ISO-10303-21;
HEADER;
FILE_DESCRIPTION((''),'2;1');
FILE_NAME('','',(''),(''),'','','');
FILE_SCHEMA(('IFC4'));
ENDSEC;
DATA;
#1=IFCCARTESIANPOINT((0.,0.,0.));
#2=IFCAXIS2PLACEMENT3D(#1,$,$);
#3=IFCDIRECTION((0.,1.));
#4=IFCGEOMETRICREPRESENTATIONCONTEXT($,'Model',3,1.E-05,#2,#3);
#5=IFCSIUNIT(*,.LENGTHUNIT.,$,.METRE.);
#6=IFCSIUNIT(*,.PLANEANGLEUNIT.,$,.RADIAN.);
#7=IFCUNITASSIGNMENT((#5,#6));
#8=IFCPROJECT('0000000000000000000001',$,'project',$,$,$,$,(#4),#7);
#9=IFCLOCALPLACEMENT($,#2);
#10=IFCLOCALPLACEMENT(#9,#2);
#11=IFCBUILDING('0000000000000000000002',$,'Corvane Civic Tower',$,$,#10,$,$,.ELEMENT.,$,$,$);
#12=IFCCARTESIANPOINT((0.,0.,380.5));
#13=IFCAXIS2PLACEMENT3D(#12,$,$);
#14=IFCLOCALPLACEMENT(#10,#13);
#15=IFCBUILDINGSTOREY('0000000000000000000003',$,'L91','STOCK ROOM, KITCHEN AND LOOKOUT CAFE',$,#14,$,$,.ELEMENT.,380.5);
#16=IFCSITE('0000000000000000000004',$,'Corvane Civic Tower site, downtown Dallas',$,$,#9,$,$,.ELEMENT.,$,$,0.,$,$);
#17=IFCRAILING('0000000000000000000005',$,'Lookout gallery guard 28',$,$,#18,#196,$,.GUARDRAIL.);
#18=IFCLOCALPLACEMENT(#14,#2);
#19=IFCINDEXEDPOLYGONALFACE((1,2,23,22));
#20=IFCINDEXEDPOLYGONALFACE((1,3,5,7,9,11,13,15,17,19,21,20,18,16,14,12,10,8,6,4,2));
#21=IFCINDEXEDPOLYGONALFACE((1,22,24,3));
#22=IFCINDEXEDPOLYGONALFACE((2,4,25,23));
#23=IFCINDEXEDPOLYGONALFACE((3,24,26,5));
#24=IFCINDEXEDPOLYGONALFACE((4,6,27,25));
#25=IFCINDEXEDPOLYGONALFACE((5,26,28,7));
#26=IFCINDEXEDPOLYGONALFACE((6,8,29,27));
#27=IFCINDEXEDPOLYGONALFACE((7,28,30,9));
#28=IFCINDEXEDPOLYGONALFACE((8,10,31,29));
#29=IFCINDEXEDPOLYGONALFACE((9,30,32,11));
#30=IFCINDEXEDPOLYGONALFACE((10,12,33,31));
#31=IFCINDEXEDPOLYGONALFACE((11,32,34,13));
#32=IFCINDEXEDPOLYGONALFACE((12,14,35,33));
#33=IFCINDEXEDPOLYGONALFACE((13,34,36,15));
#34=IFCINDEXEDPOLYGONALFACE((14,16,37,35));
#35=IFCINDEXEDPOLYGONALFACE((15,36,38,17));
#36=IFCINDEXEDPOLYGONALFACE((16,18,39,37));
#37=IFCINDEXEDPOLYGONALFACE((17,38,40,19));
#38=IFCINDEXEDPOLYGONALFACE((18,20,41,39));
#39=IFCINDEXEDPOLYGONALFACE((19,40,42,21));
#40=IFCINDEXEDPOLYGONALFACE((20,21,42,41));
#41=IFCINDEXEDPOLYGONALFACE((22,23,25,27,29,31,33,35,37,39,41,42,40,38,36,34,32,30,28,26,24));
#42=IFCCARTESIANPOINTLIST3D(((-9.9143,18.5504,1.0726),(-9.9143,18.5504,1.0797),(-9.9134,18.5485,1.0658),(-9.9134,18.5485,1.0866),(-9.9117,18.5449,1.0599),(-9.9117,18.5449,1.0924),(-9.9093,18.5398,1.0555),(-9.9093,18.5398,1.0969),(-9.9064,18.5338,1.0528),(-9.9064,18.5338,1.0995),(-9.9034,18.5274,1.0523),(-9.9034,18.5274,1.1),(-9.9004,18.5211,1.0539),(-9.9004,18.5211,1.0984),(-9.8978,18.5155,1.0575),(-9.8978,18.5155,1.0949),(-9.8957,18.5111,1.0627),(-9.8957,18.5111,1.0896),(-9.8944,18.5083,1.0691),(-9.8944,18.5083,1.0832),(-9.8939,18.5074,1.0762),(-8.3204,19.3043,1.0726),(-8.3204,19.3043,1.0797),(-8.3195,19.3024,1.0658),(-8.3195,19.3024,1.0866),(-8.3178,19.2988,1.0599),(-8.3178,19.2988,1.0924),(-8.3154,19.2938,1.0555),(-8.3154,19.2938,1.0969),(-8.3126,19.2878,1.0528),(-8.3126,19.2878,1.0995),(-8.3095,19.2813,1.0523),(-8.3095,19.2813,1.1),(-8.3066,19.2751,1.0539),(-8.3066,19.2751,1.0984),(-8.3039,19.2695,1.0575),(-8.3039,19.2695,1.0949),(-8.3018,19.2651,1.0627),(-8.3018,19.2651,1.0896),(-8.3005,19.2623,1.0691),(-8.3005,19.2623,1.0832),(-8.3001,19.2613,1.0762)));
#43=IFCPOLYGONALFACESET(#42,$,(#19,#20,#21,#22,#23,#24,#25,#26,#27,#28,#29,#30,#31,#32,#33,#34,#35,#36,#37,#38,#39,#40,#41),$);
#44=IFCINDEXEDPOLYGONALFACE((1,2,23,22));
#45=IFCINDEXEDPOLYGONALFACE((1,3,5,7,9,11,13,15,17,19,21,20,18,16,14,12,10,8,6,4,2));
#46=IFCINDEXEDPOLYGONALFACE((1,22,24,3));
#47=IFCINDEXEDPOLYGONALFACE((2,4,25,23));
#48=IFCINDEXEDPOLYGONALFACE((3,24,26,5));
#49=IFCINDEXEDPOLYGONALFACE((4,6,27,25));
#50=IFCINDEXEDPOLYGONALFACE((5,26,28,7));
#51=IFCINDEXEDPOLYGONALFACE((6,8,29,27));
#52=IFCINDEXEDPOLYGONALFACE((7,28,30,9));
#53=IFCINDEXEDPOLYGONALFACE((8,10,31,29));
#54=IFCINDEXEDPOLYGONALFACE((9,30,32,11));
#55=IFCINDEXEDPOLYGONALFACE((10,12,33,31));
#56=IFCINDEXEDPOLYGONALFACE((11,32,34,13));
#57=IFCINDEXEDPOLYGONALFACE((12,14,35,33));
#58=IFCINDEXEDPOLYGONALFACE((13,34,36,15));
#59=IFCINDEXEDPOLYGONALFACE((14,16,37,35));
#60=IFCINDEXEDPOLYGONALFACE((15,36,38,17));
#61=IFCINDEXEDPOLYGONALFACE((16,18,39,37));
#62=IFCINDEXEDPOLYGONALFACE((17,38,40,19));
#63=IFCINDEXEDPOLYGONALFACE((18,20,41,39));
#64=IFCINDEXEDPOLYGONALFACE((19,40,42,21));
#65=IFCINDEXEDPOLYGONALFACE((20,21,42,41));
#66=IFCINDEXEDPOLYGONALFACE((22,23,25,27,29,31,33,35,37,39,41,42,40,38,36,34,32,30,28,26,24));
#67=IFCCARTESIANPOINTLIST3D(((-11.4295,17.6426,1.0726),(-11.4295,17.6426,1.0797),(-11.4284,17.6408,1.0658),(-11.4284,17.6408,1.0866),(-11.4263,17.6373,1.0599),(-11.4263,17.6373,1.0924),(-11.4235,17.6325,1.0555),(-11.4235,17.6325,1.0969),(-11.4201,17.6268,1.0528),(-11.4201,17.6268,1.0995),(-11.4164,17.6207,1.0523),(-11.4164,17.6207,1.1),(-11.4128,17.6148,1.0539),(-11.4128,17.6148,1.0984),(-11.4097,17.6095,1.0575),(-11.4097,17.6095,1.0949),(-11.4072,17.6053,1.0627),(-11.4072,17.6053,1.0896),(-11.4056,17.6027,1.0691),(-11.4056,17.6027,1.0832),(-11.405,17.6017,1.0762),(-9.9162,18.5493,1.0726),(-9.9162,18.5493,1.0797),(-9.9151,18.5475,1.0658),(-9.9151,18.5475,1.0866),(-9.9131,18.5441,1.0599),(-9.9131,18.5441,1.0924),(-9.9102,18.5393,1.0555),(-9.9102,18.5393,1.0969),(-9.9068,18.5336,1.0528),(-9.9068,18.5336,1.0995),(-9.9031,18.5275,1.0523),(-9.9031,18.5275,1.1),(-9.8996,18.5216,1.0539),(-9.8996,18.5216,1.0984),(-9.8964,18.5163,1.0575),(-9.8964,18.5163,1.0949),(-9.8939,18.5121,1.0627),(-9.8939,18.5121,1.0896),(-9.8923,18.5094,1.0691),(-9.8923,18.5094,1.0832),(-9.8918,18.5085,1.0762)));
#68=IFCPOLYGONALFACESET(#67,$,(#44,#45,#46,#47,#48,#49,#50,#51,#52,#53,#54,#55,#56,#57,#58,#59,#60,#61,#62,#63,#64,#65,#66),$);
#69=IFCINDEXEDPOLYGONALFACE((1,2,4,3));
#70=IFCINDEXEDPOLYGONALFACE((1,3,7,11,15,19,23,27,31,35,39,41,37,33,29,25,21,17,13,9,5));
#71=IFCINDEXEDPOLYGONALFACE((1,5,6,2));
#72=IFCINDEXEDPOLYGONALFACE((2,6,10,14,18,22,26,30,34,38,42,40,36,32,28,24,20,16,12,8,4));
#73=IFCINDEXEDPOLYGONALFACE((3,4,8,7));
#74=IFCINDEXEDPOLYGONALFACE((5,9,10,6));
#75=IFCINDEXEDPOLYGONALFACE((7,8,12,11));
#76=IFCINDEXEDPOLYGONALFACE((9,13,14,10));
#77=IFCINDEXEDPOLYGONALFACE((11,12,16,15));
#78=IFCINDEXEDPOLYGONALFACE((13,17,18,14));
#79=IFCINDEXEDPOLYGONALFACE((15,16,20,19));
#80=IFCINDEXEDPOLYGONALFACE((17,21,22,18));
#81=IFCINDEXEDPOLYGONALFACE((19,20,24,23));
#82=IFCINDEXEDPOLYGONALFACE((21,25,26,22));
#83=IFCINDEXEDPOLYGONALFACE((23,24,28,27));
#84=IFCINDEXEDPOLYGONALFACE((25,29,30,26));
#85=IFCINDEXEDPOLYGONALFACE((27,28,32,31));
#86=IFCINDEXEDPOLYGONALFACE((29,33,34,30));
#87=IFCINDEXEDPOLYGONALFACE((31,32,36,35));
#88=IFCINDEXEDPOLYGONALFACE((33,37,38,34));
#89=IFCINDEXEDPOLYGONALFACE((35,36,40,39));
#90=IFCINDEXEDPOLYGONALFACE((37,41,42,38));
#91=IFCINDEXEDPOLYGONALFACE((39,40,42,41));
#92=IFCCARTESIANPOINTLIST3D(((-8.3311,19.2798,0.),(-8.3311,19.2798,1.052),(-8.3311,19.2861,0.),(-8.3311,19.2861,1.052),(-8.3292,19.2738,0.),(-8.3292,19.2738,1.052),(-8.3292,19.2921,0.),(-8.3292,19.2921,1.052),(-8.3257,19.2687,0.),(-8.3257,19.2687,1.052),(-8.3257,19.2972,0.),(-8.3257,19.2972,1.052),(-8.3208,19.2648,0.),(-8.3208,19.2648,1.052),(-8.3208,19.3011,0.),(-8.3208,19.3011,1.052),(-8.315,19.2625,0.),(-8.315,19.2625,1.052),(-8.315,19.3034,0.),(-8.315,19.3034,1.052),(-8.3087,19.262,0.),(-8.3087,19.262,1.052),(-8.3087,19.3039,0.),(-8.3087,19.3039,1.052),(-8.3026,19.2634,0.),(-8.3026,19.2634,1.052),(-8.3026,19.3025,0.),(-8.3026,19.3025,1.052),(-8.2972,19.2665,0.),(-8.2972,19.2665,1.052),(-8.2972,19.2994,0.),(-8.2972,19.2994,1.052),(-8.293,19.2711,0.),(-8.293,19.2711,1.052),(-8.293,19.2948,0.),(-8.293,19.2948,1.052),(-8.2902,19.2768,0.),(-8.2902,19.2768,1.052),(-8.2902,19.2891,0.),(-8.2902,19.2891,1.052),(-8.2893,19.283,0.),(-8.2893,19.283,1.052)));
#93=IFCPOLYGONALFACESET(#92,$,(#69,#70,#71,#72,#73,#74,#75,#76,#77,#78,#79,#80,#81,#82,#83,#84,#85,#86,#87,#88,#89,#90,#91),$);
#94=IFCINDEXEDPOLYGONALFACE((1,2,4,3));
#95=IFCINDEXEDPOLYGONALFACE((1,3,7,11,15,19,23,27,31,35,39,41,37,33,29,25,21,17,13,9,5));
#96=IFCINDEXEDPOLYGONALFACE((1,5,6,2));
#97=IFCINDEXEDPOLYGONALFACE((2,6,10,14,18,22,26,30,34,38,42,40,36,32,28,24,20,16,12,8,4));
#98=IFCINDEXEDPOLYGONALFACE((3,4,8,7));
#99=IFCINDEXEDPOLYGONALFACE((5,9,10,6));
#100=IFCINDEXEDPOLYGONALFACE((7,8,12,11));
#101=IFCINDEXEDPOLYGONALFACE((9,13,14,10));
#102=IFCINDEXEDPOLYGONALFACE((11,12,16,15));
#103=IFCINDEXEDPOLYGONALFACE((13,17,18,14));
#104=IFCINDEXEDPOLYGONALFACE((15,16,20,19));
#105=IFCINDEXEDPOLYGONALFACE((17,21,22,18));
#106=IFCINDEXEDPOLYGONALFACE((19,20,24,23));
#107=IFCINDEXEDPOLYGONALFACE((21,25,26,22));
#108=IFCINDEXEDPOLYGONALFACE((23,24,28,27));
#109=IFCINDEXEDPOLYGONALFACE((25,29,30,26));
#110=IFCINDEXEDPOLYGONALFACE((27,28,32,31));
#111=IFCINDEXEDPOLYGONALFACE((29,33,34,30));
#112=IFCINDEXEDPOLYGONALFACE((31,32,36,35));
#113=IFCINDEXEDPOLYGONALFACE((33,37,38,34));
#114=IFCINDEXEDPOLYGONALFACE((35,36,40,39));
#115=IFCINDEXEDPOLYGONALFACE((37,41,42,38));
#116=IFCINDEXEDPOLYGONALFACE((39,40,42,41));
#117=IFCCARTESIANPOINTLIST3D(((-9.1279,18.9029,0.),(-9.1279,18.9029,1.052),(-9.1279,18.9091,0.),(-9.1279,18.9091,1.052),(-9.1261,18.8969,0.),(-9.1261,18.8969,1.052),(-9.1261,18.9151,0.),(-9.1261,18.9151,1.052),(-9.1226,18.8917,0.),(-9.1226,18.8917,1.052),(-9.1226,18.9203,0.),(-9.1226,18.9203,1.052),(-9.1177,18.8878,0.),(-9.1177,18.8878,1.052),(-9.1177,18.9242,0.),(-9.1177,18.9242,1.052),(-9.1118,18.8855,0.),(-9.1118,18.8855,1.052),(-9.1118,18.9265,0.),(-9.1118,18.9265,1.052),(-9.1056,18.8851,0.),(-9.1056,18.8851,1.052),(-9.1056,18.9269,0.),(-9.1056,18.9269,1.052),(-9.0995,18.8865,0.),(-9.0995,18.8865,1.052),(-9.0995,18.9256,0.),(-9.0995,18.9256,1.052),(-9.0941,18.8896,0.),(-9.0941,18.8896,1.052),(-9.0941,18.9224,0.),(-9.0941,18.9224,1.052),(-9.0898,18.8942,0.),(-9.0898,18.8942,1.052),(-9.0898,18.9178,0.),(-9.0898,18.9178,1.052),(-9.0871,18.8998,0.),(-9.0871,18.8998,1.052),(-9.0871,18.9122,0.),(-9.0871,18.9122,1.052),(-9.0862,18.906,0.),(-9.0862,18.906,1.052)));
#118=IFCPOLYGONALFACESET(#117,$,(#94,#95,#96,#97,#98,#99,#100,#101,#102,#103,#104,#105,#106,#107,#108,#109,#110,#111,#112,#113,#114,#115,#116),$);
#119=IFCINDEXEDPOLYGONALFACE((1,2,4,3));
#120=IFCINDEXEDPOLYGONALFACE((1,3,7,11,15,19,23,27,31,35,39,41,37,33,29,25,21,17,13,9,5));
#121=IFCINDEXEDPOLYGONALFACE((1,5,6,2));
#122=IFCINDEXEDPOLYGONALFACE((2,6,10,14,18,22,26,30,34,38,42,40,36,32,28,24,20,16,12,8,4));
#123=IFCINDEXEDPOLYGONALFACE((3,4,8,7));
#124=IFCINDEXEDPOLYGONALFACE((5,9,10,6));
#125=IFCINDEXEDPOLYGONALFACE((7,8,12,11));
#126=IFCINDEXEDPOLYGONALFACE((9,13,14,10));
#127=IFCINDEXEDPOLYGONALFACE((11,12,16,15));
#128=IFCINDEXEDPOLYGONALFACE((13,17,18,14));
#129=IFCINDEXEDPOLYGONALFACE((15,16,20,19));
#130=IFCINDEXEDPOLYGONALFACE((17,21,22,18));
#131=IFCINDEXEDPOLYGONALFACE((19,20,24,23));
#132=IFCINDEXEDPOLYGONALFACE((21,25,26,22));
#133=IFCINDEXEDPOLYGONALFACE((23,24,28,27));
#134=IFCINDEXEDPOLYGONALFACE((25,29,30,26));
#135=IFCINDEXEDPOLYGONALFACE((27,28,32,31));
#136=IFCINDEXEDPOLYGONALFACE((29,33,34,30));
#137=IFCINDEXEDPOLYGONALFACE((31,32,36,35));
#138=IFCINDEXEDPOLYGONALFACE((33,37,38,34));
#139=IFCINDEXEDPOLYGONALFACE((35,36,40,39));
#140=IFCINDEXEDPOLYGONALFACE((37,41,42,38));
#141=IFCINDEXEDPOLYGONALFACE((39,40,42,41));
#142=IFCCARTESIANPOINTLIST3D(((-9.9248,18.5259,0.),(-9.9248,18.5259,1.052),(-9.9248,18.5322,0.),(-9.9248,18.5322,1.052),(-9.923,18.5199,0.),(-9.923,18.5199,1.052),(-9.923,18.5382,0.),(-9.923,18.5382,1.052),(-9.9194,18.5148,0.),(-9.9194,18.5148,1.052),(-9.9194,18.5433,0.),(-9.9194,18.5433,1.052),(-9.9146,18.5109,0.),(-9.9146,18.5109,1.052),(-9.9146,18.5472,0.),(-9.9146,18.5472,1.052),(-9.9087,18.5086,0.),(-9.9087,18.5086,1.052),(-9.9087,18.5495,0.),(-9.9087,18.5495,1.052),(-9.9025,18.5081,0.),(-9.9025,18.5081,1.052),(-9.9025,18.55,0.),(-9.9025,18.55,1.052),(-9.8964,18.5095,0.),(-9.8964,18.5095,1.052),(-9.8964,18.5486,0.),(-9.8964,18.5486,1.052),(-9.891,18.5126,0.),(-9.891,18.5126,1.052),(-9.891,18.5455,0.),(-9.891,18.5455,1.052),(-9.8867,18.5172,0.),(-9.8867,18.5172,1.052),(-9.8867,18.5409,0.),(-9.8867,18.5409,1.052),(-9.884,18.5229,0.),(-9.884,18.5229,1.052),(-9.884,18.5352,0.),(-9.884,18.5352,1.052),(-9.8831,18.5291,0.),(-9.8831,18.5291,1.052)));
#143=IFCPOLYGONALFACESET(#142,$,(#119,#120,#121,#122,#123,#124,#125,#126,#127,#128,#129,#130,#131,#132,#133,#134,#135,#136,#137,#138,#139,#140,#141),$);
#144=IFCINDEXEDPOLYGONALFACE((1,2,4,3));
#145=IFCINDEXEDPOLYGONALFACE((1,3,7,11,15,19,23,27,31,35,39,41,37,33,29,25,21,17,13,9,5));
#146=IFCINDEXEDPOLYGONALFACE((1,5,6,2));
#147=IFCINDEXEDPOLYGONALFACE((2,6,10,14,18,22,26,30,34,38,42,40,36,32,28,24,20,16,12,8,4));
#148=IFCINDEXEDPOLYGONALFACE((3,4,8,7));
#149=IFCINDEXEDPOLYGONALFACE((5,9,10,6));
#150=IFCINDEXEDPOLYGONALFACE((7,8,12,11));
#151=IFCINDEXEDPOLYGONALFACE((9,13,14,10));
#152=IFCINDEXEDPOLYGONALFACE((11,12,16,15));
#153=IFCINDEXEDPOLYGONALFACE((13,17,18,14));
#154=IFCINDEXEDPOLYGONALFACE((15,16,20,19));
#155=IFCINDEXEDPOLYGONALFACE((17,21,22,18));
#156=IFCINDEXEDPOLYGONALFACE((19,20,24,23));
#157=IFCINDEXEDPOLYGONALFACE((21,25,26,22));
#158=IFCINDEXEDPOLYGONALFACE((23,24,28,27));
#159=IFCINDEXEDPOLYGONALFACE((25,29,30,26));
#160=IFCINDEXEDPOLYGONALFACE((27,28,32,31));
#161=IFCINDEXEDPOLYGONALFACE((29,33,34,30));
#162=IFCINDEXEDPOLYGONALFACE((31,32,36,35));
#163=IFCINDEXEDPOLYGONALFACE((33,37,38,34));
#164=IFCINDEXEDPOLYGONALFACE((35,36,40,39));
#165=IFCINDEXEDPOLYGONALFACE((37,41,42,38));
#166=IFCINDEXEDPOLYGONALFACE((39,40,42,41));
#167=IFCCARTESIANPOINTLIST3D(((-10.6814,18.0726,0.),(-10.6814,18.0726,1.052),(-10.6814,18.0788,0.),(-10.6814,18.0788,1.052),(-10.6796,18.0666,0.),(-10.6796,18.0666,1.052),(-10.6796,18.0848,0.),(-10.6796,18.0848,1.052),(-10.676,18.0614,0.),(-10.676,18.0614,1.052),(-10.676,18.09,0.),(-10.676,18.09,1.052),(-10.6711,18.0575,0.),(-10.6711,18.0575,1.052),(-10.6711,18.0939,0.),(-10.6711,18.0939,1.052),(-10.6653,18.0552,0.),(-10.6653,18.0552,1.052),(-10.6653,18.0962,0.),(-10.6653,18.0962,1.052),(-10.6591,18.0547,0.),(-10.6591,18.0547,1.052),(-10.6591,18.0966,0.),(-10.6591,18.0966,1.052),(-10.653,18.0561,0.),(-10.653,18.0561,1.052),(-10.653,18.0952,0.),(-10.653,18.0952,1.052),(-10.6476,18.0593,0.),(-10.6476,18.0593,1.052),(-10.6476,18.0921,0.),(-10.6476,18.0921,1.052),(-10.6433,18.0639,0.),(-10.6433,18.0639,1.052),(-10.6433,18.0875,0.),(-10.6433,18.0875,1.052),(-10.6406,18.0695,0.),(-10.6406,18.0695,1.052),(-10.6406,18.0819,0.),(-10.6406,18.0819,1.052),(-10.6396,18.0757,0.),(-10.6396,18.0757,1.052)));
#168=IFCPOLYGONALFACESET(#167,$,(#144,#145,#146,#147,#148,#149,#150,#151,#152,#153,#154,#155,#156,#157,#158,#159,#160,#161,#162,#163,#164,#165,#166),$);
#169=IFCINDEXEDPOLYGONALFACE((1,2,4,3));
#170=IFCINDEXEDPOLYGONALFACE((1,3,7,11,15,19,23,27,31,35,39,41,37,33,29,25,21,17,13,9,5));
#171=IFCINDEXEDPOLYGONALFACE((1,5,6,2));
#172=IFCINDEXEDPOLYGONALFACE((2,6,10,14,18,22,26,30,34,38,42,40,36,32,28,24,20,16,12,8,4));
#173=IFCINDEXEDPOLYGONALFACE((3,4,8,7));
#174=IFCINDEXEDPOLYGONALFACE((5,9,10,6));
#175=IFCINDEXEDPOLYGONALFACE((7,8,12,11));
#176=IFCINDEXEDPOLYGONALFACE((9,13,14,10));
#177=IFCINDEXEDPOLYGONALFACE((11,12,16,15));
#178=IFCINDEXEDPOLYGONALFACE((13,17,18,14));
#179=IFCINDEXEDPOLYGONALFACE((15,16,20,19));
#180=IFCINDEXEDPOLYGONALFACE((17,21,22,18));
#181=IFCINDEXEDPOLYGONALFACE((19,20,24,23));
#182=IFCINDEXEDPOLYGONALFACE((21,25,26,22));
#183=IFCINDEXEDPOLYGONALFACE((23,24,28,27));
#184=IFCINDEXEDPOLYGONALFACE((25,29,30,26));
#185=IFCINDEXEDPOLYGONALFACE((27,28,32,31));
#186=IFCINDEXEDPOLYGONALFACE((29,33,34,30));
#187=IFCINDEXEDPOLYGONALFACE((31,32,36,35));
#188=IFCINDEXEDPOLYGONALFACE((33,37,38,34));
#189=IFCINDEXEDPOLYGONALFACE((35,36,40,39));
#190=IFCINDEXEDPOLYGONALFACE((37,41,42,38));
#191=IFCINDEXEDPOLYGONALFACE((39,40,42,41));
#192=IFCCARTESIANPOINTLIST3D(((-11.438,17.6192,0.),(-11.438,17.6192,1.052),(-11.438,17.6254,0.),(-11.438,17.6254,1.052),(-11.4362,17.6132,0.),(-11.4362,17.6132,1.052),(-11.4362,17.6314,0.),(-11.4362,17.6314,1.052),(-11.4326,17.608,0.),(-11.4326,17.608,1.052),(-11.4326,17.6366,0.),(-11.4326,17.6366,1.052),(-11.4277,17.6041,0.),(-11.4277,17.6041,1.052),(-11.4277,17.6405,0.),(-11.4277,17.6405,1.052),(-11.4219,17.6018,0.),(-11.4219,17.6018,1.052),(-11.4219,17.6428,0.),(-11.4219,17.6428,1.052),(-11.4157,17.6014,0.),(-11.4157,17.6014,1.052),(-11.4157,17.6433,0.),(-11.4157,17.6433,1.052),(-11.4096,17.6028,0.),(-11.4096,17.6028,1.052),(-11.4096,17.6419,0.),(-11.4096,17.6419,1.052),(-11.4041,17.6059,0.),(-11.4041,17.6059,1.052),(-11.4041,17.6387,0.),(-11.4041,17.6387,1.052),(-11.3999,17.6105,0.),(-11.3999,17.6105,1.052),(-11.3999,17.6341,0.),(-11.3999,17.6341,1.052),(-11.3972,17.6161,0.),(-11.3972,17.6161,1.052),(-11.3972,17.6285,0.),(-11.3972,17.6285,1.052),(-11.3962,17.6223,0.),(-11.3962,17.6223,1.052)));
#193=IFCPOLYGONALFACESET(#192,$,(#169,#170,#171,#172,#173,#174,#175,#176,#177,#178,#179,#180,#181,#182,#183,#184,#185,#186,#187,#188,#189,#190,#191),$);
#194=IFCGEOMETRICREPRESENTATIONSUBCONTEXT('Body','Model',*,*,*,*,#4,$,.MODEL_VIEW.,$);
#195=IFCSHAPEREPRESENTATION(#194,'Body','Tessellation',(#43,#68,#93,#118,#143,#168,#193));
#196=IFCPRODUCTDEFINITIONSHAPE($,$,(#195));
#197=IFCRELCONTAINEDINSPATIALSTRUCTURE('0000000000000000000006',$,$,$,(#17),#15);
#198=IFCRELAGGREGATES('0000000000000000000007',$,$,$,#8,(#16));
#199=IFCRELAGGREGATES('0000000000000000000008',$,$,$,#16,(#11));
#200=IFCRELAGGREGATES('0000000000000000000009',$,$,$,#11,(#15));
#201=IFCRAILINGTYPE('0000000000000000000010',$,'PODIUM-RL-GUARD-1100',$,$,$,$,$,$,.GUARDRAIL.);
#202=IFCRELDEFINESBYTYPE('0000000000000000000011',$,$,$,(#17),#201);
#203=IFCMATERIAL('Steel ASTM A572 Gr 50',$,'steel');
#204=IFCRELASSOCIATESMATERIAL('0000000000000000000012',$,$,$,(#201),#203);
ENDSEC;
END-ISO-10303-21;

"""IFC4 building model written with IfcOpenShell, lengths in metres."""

from ifc_helpers import new_model, si_unit, direction, frame, origin, origin_2d, place, context, subcontext, project, spatial, circle, extrude, material, type_object, element, save


model = new_model("IFC4")

# Units and contexts
model_context = context("Model", 3, precision=1e-05, world=origin(), true_north=direction((0.0, 1.0)))
body_context = subcontext(model_context, "Body", "Model", "MODEL_VIEW")
ifc_project = project(units=[si_unit("LENGTHUNIT", "METRE"), si_unit("PLANEANGLEUNIT", "RADIAN")], contexts=[model_context])

# Site, building, storey
site_placement = place(None, origin())
site = spatial("IfcSite", under=ifc_project, at=site_placement, Name="Corvane Civic Tower site, downtown Dallas", CompositionType="ELEMENT", RefElevation=0.0)
building_placement = place(site_placement, origin())
building = spatial("IfcBuilding", under=site, at=building_placement, Name="Corvane Civic Tower", CompositionType="ELEMENT")
storey_placement = place(building_placement, frame((0.0, 0.0, 380.5)))
storey = spatial("IfcBuildingStorey", under=building, at=storey_placement, Name="L91", Description="STOCK ROOM, KITCHEN AND LOOKOUT CAFE", CompositionType="ELEMENT", Elevation=380.5)

# Railing
ifc_material_1 = material(Name="Steel ASTM A572 Gr 50", Category="steel")
railing_type = type_object("IfcRailingType", Name="PODIUM-RL-GUARD-1100", PredefinedType="GUARDRAIL", material=ifc_material_1)
railing_1_placement = place(storey_placement, frame((-8.3103, 19.283, 0.0)))
element("IfcRailing", 1, at=railing_1_placement, inside=storey, type_object=railing_type, Name="Lookout gallery guard 28", PredefinedType="GUARDRAIL", context=body_context, shape_type="SweptSolid", body=[
    extrude(circle(Radius=0.0239, at=origin_2d()), frame((0.0, 0.0, 1.0762), z_axis=(-0.903963, -0.42761, 0.0), x_axis=(0.42761, -0.903963, 0.0)), (0.0, 0.0, 1.0), 1.7632),
    extrude(circle(Radius=0.0239, at=origin_2d()), frame((-1.5938, -0.7539, 1.0762), z_axis=(-0.857786, -0.514007, 0.0), x_axis=(0.514007, -0.857786, 0.0)), (0.0, 0.0, 1.0), 1.7642),
    extrude(circle(Radius=0.021, at=origin_2d()), origin(), (0.0, 0.0, 1.0), 1.052),
    extrude(circle(Radius=0.021, at=origin_2d()), frame((-0.7969, -0.377, 0.0)), (0.0, 0.0, 1.0), 1.052),
    extrude(circle(Radius=0.021, at=origin_2d()), frame((-1.5938, -0.7539, 0.0)), (0.0, 0.0, 1.0), 1.052),
    extrude(circle(Radius=0.021, at=origin_2d()), frame((-2.3503, -1.2073, 0.0)), (0.0, 0.0, 1.0), 1.052),
    extrude(circle(Radius=0.021, at=origin_2d()), frame((-3.1069, -1.6606, 0.0)), (0.0, 0.0, 1.0), 1.052),
])

save(model, "model.ifc")
